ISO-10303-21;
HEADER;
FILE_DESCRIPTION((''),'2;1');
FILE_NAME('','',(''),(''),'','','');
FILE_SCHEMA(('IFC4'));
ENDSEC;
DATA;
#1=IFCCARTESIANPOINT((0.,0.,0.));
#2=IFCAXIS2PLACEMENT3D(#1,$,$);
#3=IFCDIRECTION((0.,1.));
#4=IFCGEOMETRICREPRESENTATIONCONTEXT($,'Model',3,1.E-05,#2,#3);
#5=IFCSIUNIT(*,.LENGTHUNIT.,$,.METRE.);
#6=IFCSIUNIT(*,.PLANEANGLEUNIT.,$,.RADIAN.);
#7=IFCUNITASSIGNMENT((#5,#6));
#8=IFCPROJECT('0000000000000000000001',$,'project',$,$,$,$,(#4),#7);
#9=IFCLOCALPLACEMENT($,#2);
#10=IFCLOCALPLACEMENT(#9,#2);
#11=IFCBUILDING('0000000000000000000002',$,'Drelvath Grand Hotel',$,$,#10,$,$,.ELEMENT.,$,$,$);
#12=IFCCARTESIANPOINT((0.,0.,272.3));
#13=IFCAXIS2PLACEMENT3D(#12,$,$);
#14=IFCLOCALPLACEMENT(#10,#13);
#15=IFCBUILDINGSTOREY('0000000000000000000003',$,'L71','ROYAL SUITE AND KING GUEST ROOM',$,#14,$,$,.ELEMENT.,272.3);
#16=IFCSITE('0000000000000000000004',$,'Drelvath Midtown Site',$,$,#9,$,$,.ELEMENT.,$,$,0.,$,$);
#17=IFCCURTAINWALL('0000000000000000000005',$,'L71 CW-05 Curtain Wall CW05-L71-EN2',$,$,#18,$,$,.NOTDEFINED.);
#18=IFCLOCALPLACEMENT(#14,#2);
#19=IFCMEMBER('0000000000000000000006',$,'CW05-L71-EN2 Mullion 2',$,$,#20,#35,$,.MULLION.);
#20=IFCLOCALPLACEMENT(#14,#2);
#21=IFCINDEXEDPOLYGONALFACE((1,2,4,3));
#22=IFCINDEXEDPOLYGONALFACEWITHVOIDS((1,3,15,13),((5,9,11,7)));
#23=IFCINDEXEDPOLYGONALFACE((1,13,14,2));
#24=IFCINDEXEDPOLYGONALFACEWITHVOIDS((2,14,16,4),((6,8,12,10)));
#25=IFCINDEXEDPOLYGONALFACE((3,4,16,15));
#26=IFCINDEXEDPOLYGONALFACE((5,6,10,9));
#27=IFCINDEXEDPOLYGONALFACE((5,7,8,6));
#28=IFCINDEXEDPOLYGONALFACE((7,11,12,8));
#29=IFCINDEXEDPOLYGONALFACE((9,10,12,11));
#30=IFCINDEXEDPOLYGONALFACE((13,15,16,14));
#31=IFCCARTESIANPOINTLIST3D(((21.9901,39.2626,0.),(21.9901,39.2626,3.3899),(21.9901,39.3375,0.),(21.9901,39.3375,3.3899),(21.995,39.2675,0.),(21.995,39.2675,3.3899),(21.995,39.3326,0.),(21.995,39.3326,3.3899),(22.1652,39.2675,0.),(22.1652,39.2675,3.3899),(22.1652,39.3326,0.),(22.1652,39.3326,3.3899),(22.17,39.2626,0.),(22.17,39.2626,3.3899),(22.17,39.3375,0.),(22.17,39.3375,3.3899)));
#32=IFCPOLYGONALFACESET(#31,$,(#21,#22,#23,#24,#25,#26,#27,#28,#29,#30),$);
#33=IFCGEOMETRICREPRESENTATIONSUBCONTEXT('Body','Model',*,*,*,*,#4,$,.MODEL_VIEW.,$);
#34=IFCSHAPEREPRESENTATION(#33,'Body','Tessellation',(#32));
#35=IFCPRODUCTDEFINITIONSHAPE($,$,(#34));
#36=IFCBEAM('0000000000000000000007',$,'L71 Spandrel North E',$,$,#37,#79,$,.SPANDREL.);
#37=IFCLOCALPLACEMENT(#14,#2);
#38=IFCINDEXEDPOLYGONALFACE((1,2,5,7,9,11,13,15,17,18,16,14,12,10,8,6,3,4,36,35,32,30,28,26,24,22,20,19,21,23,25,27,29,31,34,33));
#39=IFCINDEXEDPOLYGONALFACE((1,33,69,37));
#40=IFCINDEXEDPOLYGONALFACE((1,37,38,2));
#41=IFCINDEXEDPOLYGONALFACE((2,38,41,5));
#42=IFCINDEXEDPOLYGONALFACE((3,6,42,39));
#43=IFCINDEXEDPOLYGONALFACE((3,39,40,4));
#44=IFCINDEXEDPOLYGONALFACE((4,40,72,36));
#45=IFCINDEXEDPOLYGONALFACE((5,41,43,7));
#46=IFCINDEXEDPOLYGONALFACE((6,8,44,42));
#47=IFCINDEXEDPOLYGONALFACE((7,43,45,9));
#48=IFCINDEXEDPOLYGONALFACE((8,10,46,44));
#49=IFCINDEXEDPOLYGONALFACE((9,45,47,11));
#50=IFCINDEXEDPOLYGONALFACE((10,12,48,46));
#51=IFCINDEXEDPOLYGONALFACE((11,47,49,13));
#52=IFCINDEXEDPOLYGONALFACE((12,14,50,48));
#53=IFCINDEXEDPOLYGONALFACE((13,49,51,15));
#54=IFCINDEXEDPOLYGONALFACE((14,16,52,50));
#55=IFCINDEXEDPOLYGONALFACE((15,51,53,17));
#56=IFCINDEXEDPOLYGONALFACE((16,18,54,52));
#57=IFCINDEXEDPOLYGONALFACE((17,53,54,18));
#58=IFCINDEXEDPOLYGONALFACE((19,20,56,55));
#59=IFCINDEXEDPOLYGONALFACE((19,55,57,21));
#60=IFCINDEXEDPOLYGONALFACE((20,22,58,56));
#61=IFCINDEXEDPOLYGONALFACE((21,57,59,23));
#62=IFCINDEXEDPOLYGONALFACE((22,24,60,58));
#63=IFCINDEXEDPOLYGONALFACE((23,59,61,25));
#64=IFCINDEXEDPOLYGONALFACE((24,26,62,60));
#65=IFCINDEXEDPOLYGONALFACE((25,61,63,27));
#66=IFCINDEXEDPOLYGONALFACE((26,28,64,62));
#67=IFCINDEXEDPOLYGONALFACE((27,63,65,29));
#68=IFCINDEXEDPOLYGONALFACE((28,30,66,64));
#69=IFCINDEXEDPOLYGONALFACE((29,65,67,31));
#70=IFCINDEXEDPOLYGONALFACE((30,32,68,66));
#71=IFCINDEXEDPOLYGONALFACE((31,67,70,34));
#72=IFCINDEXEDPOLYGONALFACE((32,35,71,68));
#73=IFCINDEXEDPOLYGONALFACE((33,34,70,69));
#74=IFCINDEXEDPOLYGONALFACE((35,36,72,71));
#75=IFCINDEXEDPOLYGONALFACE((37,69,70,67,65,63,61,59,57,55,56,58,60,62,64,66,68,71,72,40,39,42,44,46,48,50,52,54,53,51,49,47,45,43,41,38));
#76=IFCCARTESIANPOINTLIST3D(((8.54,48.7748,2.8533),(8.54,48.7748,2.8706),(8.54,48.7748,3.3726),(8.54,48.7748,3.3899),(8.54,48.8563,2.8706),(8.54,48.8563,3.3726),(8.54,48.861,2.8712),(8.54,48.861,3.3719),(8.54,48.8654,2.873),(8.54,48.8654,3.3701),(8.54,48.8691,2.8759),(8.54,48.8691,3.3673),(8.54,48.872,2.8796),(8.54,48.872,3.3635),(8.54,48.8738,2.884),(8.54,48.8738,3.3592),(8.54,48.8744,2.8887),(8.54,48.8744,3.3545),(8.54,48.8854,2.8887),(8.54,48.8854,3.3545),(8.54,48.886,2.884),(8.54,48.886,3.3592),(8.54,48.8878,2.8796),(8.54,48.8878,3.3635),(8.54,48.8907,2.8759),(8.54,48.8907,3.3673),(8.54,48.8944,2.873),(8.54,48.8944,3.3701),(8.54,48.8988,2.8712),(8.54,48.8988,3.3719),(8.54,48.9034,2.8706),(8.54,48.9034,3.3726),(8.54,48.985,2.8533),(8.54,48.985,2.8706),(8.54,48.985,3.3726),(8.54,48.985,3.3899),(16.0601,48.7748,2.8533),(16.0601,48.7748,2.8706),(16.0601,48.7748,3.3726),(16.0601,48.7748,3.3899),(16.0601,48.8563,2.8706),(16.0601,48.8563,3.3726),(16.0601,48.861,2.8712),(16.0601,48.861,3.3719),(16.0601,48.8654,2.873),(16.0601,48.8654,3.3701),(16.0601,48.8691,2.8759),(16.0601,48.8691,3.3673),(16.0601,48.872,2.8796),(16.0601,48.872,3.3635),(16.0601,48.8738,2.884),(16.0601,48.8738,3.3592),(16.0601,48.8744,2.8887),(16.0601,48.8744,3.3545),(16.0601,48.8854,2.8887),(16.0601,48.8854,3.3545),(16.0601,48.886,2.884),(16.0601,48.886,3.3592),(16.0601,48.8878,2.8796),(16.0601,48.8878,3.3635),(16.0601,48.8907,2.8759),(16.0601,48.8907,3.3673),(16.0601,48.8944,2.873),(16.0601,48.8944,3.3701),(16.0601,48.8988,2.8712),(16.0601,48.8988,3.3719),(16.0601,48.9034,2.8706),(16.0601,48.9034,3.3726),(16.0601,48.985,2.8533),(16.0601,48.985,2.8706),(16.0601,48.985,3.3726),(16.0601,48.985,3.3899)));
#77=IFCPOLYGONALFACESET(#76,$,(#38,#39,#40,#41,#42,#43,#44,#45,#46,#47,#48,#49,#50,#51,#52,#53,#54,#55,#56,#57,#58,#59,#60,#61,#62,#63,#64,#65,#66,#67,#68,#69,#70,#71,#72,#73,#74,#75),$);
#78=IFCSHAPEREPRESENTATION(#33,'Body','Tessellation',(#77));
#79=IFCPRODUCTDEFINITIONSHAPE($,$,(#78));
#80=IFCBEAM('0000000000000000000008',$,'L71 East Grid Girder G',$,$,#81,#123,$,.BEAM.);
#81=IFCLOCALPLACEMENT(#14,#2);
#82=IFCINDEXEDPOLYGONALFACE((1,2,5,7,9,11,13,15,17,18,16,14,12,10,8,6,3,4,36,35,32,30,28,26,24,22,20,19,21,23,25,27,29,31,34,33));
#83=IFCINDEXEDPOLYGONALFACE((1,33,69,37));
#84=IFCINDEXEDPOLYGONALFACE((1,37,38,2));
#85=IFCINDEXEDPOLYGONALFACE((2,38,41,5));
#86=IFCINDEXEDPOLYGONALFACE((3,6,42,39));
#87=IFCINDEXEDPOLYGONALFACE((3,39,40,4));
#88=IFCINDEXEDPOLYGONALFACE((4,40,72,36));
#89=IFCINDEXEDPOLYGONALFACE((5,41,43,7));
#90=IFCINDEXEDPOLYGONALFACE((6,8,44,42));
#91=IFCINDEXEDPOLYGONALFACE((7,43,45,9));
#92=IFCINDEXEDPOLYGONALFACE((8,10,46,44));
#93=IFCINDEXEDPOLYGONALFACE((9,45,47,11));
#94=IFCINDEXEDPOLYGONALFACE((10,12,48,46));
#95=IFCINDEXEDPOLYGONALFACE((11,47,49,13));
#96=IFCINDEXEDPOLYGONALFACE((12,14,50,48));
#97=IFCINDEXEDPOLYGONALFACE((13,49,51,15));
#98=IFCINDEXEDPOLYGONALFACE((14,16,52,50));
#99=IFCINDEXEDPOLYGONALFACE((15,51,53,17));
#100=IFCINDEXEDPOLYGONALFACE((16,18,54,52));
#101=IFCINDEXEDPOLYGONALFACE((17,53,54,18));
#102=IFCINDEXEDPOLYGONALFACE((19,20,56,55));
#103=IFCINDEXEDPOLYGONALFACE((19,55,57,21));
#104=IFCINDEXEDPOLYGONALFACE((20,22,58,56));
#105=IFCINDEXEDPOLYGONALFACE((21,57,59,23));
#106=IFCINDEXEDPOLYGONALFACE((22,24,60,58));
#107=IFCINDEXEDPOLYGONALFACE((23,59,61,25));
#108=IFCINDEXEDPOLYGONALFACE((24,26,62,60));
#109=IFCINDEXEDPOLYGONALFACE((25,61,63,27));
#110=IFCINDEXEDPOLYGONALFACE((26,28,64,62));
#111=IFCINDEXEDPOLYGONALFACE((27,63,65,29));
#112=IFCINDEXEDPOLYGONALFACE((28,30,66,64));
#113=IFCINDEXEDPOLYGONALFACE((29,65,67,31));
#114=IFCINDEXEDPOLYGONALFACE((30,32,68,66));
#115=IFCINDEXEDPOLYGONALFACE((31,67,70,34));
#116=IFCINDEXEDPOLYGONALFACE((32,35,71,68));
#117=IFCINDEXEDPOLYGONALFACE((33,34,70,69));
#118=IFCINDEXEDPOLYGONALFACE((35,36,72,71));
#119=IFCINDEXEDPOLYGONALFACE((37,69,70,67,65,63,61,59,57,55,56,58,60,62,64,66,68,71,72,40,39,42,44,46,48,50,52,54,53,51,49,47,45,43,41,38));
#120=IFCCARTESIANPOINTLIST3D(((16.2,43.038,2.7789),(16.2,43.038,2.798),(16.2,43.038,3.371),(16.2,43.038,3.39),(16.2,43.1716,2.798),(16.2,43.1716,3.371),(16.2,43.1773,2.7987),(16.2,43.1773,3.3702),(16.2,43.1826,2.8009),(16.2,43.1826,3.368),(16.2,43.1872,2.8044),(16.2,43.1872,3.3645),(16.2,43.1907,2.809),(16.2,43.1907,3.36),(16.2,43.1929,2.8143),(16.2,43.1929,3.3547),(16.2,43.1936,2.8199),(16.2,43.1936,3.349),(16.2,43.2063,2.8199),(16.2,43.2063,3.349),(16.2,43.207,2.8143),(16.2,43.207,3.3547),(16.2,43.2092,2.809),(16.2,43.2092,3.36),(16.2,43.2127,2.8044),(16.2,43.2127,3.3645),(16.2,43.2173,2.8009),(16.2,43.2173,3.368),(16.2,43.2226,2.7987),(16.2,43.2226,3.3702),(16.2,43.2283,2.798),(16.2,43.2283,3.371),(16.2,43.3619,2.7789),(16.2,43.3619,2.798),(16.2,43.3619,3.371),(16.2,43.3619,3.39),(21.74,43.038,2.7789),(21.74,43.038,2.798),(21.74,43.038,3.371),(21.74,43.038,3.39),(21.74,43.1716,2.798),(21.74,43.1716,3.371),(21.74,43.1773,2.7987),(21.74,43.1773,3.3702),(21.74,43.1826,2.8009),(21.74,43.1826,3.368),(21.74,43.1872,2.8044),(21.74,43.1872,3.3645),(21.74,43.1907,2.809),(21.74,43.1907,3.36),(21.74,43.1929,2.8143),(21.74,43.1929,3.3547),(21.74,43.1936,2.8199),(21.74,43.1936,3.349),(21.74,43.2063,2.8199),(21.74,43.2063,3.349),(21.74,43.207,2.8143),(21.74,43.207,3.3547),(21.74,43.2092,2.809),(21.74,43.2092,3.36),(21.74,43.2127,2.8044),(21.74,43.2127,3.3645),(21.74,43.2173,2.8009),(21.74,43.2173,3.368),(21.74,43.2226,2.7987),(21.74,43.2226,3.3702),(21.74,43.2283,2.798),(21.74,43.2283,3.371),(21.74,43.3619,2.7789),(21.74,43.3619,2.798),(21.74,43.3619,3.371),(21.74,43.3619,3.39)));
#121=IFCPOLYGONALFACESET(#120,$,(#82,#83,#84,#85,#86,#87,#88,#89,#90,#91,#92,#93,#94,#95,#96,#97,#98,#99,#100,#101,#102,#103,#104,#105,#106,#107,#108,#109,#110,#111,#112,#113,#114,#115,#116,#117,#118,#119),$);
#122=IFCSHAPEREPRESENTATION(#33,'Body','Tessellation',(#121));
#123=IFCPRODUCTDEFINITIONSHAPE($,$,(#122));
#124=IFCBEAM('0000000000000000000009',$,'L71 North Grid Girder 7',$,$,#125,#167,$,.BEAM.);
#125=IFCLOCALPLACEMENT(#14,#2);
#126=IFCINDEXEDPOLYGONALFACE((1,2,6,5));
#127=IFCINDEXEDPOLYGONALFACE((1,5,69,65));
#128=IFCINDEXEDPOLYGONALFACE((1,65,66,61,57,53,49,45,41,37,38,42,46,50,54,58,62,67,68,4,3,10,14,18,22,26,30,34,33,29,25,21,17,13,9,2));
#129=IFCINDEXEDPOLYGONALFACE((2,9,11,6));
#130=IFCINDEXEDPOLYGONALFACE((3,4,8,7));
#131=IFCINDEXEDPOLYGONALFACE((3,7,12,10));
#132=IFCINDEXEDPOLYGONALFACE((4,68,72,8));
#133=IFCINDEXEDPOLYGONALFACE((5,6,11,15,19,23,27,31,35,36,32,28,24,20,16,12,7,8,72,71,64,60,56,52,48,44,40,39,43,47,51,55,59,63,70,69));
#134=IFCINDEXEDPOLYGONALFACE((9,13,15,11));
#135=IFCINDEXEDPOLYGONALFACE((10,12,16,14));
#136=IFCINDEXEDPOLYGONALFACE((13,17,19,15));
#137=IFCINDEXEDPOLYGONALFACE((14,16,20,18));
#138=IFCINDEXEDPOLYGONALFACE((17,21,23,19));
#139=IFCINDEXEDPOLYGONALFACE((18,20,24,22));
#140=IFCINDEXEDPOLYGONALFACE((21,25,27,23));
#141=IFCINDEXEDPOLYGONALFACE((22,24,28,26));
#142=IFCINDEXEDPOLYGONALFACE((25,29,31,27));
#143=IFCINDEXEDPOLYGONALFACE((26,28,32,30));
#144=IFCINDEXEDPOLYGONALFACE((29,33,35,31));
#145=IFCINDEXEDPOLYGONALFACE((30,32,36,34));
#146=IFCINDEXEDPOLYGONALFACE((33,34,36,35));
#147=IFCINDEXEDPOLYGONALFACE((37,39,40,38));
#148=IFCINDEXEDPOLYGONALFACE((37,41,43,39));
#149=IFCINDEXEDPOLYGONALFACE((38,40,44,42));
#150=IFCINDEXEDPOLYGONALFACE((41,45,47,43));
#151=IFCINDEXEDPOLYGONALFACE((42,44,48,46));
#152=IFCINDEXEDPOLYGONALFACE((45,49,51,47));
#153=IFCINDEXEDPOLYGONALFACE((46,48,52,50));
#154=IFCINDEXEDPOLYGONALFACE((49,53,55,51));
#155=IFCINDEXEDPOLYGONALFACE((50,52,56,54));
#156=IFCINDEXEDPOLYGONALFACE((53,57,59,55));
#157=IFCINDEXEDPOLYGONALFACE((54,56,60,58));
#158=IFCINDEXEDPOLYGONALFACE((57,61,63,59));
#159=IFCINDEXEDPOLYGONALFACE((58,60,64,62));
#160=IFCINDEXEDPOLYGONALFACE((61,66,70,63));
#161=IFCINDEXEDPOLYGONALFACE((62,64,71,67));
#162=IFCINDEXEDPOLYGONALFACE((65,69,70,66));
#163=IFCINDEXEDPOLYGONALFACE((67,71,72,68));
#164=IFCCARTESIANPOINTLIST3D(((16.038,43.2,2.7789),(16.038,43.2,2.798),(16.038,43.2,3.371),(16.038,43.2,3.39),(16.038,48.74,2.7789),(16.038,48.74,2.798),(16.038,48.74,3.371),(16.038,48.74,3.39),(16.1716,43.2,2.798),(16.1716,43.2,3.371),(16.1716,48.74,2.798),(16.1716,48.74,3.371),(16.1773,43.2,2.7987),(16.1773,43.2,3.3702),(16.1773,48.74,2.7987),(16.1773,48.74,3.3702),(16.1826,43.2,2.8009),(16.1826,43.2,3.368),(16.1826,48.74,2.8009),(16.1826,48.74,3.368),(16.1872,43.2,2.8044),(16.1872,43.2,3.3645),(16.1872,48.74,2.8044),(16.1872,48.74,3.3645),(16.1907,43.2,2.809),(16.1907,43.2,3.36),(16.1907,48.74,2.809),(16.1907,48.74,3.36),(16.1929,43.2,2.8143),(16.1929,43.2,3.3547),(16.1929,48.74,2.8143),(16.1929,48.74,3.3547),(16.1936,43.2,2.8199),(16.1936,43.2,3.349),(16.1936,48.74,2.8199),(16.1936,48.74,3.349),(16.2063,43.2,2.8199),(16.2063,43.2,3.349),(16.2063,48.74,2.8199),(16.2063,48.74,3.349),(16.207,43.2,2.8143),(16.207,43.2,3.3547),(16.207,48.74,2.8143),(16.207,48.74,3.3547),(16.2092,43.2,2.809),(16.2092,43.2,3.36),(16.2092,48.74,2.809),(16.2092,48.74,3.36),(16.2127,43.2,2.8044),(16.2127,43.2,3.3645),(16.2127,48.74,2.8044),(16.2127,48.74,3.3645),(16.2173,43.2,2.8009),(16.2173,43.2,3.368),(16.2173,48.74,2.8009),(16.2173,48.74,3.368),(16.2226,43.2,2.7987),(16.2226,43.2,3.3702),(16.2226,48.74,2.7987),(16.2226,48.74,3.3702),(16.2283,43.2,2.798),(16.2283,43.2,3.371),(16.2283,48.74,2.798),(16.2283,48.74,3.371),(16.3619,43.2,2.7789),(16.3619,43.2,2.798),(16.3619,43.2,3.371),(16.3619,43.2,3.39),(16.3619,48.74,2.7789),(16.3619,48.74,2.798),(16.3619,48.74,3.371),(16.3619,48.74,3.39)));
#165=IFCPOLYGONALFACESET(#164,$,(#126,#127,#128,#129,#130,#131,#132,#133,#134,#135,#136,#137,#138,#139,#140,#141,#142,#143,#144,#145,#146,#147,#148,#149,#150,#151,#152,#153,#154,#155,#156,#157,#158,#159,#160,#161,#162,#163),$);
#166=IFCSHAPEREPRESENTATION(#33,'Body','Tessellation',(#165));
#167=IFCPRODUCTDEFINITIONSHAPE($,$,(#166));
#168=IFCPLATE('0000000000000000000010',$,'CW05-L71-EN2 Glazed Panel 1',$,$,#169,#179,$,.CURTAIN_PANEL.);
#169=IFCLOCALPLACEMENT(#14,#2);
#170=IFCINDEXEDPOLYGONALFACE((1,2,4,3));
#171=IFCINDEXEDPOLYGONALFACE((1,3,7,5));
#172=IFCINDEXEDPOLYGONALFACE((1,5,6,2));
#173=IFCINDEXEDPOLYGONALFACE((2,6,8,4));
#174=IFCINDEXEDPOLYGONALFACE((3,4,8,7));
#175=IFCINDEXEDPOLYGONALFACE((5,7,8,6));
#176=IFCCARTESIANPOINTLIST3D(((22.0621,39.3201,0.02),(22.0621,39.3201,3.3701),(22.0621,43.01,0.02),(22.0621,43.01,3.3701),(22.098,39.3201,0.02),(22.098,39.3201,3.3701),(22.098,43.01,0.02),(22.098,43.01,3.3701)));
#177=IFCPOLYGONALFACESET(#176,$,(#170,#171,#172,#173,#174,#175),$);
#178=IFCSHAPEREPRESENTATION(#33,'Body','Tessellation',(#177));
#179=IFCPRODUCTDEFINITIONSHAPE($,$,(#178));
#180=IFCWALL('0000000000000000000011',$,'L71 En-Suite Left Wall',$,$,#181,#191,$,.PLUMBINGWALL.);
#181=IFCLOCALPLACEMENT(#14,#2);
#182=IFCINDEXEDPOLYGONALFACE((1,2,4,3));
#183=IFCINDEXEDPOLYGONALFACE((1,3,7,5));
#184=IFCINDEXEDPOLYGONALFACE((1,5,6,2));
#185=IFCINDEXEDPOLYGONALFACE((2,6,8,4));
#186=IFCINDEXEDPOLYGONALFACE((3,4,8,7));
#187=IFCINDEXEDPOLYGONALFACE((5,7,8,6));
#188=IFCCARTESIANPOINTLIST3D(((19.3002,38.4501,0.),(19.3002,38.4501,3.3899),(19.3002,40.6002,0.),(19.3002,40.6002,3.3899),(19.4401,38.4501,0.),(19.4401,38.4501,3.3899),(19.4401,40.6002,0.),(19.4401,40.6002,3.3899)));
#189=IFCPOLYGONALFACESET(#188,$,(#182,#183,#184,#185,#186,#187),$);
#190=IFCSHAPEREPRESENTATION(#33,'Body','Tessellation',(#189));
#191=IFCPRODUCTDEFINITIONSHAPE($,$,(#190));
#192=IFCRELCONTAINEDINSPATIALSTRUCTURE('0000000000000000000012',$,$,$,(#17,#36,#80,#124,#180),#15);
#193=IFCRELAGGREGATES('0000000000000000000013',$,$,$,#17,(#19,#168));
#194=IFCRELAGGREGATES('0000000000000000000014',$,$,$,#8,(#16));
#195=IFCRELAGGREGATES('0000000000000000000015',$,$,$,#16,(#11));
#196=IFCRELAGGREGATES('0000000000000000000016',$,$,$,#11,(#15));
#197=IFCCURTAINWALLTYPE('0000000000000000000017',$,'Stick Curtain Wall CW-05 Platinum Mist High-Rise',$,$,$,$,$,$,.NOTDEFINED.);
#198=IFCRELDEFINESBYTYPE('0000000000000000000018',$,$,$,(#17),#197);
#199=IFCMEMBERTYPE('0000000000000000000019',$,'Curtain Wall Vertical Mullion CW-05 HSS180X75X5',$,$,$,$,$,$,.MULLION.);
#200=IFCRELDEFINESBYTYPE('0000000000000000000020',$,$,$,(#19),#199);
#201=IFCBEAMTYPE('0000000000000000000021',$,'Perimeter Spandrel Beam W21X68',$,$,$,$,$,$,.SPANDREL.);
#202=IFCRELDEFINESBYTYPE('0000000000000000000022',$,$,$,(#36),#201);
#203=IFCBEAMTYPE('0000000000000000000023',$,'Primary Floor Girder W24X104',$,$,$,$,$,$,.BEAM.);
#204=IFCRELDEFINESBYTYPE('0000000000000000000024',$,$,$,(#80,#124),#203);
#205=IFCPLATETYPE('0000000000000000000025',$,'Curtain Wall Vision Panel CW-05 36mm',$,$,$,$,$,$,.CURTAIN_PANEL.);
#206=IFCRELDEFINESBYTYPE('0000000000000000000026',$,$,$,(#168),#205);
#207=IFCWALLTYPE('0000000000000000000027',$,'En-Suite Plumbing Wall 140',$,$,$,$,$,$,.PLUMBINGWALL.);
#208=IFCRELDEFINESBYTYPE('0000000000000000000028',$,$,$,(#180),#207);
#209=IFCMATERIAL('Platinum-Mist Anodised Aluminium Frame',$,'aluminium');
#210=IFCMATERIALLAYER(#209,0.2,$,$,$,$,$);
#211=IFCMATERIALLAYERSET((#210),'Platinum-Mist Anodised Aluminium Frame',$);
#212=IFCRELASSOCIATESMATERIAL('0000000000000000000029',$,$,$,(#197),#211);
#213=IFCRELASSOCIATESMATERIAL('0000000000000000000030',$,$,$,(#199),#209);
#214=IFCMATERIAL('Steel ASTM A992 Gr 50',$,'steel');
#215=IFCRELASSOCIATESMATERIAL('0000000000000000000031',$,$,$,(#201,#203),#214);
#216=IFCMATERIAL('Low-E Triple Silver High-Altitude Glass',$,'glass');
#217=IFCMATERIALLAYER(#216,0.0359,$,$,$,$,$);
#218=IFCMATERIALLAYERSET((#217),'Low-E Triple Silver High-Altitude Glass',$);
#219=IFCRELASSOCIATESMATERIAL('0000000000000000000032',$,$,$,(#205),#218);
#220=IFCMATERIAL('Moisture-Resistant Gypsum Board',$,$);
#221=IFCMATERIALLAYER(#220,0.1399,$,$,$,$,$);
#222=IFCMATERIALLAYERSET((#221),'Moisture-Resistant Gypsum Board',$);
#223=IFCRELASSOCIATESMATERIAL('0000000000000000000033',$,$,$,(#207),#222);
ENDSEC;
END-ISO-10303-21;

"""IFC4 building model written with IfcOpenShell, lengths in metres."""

from ifc_helpers import new_model, si_unit, direction, frame, frame_2d, origin, origin_2d, place, context, subcontext, project, spatial, rectangle, hollow_rectangle, i_section, extrude, material, layer, layer_set, material_profile, profile_set, type_object, element, aggregate, save


model = new_model("IFC4")

# Units and contexts
model_context = context("Model", 3, precision=1e-05, world=origin(), true_north=direction((0.0, 1.0)))
body_context = subcontext(model_context, "Body", "Model", "MODEL_VIEW")
ifc_project = project(units=[si_unit("LENGTHUNIT", "METRE"), si_unit("PLANEANGLEUNIT", "RADIAN")], contexts=[model_context])

# Site, building, storey
site_placement = place(None, origin())
site = spatial("IfcSite", under=ifc_project, at=site_placement, Name="Drelvath Midtown Site", CompositionType="ELEMENT", RefElevation=0.0)
building_placement = place(site_placement, origin())
building = spatial("IfcBuilding", under=site, at=building_placement, Name="Drelvath Grand Hotel", CompositionType="ELEMENT")
storey_placement = place(building_placement, frame((0.0, 0.0, 272.3)))
storey = spatial("IfcBuildingStorey", under=building, at=storey_placement, Name="L71", Description="ROYAL SUITE AND KING GUEST ROOM", CompositionType="ELEMENT", Elevation=272.3)

# Curtain wall, member
ifc_material_1 = material(Name="Platinum-Mist Anodised Aluminium Frame", Category="aluminium")
ifc_layer_1 = layer(ifc_material_1, 0.2)
ifc_layer_set_1 = layer_set([ifc_layer_1], Name="Platinum-Mist Anodised Aluminium Frame")
curtain_wall_type = type_object("IfcCurtainWallType", Name="Stick Curtain Wall CW-05 Platinum Mist High-Rise", PredefinedType="NOTDEFINED", material=ifc_layer_set_1)
curtain_wall_placement = place(storey_placement, origin())
curtain_wall = element("IfcCurtainWall", 1, at=curtain_wall_placement, inside=storey, type_object=curtain_wall_type, Name="L71 CW-05 Curtain Wall CW05-L71-EN2", PredefinedType="NOTDEFINED")
ifc_material_profile_1 = material_profile(ifc_material_1, hollow_rectangle(XDim=0.075, YDim=0.1799, WallThickness=0.0049, at=origin_2d()), Name="HSS180X75X5")
ifc_profile_set_1 = profile_set([ifc_material_profile_1], Name="Platinum-Mist Anodised Aluminium Frame")
member_type_1 = type_object("IfcMemberType", Name="Curtain Wall Vertical Mullion CW-05 HSS180X75X5", PredefinedType="MULLION", material=ifc_profile_set_1)
member_1_placement = place(storey_placement, frame((22.0801, 39.3, 0.0), z_axis=(0.0, 0.0, 1.0), x_axis=(0.0, 1.0, 0.0)))
member_1 = element("IfcMember", 2, at=member_1_placement, type_object=member_type_1, Name="CW05-L71-EN2 Mullion 2", PredefinedType="MULLION", context=body_context, shape_type="SweptSolid", body=[
    extrude(hollow_rectangle(XDim=0.075, YDim=0.1799, WallThickness=0.0049, at=origin_2d()), origin(), (0.0, 0.0, 1.0), 3.3899),
])

# Beams
ifc_material_2 = material(Name="Steel ASTM A992 Gr 50", Category="steel")
ifc_material_profile_2 = material_profile(ifc_material_2, i_section(OverallWidth=0.2102, OverallDepth=0.5366, WebThickness=0.011, FlangeThickness=0.0173, FilletRadius=0.0181, at=origin_2d()), Name="W21X68")
ifc_profile_set_2 = profile_set([ifc_material_profile_2], Name="Steel ASTM A992 Gr 50")
beam_type_1 = type_object("IfcBeamType", Name="Perimeter Spandrel Beam W21X68", PredefinedType="SPANDREL", material=ifc_profile_set_2)
beam_placement = place(storey_placement, frame((8.54, 48.8799, 3.1216), z_axis=(1.0, 0.0, 0.0), x_axis=(0.0, 1.0, 0.0)))
element("IfcBeam", 3, at=beam_placement, inside=storey, type_object=beam_type_1, Name="L71 Spandrel North E", PredefinedType="SPANDREL", context=body_context, shape_type="SweptSolid", body=[
    extrude(i_section(OverallWidth=0.2102, OverallDepth=0.5366, WebThickness=0.011, FlangeThickness=0.0173, FilletRadius=0.0181, at=origin_2d()), origin(), (0.0, 0.0, 1.0), 7.52),
])
ifc_material_profile_3 = material_profile(ifc_material_2, i_section(OverallWidth=0.324, OverallDepth=0.6111, WebThickness=0.0127, FlangeThickness=0.019, FilletRadius=0.022, at=origin_2d()), Name="W24X104")
ifc_profile_set_3 = profile_set([ifc_material_profile_3], Name="Steel ASTM A992 Gr 50")
beam_type_2 = type_object("IfcBeamType", Name="Primary Floor Girder W24X104", PredefinedType="BEAM", material=ifc_profile_set_3)
for number, where, z_axis, x_axis, name in (
    (4, (16.2, 43.2, 3.0845), (1.0, 0.0, 0.0), (0.0, 1.0, 0.0), "L71 East Grid Girder G"),
    (5, (16.2, 43.2, 3.0845), (0.0, 1.0, 0.0), (-1.0, 0.0, 0.0), "L71 North Grid Girder 7"),
):
    element("IfcBeam", number, at=place(storey_placement, frame(where, z_axis=z_axis, x_axis=x_axis)), inside=storey, type_object=beam_type_2, Name=name, PredefinedType="BEAM", context=body_context, shape_type="SweptSolid", body=[
        extrude(i_section(OverallWidth=0.324, OverallDepth=0.6111, WebThickness=0.0127, FlangeThickness=0.019, FilletRadius=0.022, at=origin_2d()), origin(), (0.0, 0.0, 1.0), 5.54),
    ])

# Plate
ifc_material_3 = material(Name="Low-E Triple Silver High-Altitude Glass", Category="glass")
ifc_layer_2 = layer(ifc_material_3, 0.0359)
ifc_layer_set_2 = layer_set([ifc_layer_2], Name="Low-E Triple Silver High-Altitude Glass")
plate_type = type_object("IfcPlateType", Name="Curtain Wall Vision Panel CW-05 36mm", PredefinedType="CURTAIN_PANEL", material=ifc_layer_set_2)
plate_placement = place(storey_placement, frame((22.0801, 41.165, 0.02), z_axis=(0.0, 0.0, 1.0), x_axis=(0.0, -1.0, 0.0)))
plate = element("IfcPlate", 6, at=plate_placement, type_object=plate_type, Name="CW05-L71-EN2 Glazed Panel 1", PredefinedType="CURTAIN_PANEL", context=body_context, shape_type="SweptSolid", body=[
    extrude(rectangle(XDim=3.6899, YDim=0.0359, at=origin_2d()), origin(), (0.0, 0.0, 1.0), 3.3501),
])
aggregate(curtain_wall, [member_1, plate])

# Wall
ifc_material_4 = material(Name="Moisture-Resistant Gypsum Board")
ifc_layer_3 = layer(ifc_material_4, 0.1399)
ifc_layer_set_3 = layer_set([ifc_layer_3], Name="Moisture-Resistant Gypsum Board")
wall_type_1 = type_object("IfcWallType", Name="En-Suite Plumbing Wall 140", PredefinedType="PLUMBINGWALL", material=ifc_layer_set_3)
for number, where, z_axis, x_axis, name in (
    (7, (19.3701, 38.45, 0.0), (0.0, 0.0, 1.0), (0.0, 1.0, 0.0), "L71 En-Suite Left Wall"),
):
    element("IfcWall", number, at=place(storey_placement, frame(where, z_axis=z_axis, x_axis=x_axis)), inside=storey, type_object=wall_type_1, Name=name, PredefinedType="PLUMBINGWALL", context=body_context, shape_type="SweptSolid", body=[
        extrude(rectangle(XDim=2.1501, YDim=0.1399, at=frame_2d((1.0752, 0.0))), origin(), (0.0, 0.0, 1.0), 3.3899),
    ])

save(model, "model.ifc")
